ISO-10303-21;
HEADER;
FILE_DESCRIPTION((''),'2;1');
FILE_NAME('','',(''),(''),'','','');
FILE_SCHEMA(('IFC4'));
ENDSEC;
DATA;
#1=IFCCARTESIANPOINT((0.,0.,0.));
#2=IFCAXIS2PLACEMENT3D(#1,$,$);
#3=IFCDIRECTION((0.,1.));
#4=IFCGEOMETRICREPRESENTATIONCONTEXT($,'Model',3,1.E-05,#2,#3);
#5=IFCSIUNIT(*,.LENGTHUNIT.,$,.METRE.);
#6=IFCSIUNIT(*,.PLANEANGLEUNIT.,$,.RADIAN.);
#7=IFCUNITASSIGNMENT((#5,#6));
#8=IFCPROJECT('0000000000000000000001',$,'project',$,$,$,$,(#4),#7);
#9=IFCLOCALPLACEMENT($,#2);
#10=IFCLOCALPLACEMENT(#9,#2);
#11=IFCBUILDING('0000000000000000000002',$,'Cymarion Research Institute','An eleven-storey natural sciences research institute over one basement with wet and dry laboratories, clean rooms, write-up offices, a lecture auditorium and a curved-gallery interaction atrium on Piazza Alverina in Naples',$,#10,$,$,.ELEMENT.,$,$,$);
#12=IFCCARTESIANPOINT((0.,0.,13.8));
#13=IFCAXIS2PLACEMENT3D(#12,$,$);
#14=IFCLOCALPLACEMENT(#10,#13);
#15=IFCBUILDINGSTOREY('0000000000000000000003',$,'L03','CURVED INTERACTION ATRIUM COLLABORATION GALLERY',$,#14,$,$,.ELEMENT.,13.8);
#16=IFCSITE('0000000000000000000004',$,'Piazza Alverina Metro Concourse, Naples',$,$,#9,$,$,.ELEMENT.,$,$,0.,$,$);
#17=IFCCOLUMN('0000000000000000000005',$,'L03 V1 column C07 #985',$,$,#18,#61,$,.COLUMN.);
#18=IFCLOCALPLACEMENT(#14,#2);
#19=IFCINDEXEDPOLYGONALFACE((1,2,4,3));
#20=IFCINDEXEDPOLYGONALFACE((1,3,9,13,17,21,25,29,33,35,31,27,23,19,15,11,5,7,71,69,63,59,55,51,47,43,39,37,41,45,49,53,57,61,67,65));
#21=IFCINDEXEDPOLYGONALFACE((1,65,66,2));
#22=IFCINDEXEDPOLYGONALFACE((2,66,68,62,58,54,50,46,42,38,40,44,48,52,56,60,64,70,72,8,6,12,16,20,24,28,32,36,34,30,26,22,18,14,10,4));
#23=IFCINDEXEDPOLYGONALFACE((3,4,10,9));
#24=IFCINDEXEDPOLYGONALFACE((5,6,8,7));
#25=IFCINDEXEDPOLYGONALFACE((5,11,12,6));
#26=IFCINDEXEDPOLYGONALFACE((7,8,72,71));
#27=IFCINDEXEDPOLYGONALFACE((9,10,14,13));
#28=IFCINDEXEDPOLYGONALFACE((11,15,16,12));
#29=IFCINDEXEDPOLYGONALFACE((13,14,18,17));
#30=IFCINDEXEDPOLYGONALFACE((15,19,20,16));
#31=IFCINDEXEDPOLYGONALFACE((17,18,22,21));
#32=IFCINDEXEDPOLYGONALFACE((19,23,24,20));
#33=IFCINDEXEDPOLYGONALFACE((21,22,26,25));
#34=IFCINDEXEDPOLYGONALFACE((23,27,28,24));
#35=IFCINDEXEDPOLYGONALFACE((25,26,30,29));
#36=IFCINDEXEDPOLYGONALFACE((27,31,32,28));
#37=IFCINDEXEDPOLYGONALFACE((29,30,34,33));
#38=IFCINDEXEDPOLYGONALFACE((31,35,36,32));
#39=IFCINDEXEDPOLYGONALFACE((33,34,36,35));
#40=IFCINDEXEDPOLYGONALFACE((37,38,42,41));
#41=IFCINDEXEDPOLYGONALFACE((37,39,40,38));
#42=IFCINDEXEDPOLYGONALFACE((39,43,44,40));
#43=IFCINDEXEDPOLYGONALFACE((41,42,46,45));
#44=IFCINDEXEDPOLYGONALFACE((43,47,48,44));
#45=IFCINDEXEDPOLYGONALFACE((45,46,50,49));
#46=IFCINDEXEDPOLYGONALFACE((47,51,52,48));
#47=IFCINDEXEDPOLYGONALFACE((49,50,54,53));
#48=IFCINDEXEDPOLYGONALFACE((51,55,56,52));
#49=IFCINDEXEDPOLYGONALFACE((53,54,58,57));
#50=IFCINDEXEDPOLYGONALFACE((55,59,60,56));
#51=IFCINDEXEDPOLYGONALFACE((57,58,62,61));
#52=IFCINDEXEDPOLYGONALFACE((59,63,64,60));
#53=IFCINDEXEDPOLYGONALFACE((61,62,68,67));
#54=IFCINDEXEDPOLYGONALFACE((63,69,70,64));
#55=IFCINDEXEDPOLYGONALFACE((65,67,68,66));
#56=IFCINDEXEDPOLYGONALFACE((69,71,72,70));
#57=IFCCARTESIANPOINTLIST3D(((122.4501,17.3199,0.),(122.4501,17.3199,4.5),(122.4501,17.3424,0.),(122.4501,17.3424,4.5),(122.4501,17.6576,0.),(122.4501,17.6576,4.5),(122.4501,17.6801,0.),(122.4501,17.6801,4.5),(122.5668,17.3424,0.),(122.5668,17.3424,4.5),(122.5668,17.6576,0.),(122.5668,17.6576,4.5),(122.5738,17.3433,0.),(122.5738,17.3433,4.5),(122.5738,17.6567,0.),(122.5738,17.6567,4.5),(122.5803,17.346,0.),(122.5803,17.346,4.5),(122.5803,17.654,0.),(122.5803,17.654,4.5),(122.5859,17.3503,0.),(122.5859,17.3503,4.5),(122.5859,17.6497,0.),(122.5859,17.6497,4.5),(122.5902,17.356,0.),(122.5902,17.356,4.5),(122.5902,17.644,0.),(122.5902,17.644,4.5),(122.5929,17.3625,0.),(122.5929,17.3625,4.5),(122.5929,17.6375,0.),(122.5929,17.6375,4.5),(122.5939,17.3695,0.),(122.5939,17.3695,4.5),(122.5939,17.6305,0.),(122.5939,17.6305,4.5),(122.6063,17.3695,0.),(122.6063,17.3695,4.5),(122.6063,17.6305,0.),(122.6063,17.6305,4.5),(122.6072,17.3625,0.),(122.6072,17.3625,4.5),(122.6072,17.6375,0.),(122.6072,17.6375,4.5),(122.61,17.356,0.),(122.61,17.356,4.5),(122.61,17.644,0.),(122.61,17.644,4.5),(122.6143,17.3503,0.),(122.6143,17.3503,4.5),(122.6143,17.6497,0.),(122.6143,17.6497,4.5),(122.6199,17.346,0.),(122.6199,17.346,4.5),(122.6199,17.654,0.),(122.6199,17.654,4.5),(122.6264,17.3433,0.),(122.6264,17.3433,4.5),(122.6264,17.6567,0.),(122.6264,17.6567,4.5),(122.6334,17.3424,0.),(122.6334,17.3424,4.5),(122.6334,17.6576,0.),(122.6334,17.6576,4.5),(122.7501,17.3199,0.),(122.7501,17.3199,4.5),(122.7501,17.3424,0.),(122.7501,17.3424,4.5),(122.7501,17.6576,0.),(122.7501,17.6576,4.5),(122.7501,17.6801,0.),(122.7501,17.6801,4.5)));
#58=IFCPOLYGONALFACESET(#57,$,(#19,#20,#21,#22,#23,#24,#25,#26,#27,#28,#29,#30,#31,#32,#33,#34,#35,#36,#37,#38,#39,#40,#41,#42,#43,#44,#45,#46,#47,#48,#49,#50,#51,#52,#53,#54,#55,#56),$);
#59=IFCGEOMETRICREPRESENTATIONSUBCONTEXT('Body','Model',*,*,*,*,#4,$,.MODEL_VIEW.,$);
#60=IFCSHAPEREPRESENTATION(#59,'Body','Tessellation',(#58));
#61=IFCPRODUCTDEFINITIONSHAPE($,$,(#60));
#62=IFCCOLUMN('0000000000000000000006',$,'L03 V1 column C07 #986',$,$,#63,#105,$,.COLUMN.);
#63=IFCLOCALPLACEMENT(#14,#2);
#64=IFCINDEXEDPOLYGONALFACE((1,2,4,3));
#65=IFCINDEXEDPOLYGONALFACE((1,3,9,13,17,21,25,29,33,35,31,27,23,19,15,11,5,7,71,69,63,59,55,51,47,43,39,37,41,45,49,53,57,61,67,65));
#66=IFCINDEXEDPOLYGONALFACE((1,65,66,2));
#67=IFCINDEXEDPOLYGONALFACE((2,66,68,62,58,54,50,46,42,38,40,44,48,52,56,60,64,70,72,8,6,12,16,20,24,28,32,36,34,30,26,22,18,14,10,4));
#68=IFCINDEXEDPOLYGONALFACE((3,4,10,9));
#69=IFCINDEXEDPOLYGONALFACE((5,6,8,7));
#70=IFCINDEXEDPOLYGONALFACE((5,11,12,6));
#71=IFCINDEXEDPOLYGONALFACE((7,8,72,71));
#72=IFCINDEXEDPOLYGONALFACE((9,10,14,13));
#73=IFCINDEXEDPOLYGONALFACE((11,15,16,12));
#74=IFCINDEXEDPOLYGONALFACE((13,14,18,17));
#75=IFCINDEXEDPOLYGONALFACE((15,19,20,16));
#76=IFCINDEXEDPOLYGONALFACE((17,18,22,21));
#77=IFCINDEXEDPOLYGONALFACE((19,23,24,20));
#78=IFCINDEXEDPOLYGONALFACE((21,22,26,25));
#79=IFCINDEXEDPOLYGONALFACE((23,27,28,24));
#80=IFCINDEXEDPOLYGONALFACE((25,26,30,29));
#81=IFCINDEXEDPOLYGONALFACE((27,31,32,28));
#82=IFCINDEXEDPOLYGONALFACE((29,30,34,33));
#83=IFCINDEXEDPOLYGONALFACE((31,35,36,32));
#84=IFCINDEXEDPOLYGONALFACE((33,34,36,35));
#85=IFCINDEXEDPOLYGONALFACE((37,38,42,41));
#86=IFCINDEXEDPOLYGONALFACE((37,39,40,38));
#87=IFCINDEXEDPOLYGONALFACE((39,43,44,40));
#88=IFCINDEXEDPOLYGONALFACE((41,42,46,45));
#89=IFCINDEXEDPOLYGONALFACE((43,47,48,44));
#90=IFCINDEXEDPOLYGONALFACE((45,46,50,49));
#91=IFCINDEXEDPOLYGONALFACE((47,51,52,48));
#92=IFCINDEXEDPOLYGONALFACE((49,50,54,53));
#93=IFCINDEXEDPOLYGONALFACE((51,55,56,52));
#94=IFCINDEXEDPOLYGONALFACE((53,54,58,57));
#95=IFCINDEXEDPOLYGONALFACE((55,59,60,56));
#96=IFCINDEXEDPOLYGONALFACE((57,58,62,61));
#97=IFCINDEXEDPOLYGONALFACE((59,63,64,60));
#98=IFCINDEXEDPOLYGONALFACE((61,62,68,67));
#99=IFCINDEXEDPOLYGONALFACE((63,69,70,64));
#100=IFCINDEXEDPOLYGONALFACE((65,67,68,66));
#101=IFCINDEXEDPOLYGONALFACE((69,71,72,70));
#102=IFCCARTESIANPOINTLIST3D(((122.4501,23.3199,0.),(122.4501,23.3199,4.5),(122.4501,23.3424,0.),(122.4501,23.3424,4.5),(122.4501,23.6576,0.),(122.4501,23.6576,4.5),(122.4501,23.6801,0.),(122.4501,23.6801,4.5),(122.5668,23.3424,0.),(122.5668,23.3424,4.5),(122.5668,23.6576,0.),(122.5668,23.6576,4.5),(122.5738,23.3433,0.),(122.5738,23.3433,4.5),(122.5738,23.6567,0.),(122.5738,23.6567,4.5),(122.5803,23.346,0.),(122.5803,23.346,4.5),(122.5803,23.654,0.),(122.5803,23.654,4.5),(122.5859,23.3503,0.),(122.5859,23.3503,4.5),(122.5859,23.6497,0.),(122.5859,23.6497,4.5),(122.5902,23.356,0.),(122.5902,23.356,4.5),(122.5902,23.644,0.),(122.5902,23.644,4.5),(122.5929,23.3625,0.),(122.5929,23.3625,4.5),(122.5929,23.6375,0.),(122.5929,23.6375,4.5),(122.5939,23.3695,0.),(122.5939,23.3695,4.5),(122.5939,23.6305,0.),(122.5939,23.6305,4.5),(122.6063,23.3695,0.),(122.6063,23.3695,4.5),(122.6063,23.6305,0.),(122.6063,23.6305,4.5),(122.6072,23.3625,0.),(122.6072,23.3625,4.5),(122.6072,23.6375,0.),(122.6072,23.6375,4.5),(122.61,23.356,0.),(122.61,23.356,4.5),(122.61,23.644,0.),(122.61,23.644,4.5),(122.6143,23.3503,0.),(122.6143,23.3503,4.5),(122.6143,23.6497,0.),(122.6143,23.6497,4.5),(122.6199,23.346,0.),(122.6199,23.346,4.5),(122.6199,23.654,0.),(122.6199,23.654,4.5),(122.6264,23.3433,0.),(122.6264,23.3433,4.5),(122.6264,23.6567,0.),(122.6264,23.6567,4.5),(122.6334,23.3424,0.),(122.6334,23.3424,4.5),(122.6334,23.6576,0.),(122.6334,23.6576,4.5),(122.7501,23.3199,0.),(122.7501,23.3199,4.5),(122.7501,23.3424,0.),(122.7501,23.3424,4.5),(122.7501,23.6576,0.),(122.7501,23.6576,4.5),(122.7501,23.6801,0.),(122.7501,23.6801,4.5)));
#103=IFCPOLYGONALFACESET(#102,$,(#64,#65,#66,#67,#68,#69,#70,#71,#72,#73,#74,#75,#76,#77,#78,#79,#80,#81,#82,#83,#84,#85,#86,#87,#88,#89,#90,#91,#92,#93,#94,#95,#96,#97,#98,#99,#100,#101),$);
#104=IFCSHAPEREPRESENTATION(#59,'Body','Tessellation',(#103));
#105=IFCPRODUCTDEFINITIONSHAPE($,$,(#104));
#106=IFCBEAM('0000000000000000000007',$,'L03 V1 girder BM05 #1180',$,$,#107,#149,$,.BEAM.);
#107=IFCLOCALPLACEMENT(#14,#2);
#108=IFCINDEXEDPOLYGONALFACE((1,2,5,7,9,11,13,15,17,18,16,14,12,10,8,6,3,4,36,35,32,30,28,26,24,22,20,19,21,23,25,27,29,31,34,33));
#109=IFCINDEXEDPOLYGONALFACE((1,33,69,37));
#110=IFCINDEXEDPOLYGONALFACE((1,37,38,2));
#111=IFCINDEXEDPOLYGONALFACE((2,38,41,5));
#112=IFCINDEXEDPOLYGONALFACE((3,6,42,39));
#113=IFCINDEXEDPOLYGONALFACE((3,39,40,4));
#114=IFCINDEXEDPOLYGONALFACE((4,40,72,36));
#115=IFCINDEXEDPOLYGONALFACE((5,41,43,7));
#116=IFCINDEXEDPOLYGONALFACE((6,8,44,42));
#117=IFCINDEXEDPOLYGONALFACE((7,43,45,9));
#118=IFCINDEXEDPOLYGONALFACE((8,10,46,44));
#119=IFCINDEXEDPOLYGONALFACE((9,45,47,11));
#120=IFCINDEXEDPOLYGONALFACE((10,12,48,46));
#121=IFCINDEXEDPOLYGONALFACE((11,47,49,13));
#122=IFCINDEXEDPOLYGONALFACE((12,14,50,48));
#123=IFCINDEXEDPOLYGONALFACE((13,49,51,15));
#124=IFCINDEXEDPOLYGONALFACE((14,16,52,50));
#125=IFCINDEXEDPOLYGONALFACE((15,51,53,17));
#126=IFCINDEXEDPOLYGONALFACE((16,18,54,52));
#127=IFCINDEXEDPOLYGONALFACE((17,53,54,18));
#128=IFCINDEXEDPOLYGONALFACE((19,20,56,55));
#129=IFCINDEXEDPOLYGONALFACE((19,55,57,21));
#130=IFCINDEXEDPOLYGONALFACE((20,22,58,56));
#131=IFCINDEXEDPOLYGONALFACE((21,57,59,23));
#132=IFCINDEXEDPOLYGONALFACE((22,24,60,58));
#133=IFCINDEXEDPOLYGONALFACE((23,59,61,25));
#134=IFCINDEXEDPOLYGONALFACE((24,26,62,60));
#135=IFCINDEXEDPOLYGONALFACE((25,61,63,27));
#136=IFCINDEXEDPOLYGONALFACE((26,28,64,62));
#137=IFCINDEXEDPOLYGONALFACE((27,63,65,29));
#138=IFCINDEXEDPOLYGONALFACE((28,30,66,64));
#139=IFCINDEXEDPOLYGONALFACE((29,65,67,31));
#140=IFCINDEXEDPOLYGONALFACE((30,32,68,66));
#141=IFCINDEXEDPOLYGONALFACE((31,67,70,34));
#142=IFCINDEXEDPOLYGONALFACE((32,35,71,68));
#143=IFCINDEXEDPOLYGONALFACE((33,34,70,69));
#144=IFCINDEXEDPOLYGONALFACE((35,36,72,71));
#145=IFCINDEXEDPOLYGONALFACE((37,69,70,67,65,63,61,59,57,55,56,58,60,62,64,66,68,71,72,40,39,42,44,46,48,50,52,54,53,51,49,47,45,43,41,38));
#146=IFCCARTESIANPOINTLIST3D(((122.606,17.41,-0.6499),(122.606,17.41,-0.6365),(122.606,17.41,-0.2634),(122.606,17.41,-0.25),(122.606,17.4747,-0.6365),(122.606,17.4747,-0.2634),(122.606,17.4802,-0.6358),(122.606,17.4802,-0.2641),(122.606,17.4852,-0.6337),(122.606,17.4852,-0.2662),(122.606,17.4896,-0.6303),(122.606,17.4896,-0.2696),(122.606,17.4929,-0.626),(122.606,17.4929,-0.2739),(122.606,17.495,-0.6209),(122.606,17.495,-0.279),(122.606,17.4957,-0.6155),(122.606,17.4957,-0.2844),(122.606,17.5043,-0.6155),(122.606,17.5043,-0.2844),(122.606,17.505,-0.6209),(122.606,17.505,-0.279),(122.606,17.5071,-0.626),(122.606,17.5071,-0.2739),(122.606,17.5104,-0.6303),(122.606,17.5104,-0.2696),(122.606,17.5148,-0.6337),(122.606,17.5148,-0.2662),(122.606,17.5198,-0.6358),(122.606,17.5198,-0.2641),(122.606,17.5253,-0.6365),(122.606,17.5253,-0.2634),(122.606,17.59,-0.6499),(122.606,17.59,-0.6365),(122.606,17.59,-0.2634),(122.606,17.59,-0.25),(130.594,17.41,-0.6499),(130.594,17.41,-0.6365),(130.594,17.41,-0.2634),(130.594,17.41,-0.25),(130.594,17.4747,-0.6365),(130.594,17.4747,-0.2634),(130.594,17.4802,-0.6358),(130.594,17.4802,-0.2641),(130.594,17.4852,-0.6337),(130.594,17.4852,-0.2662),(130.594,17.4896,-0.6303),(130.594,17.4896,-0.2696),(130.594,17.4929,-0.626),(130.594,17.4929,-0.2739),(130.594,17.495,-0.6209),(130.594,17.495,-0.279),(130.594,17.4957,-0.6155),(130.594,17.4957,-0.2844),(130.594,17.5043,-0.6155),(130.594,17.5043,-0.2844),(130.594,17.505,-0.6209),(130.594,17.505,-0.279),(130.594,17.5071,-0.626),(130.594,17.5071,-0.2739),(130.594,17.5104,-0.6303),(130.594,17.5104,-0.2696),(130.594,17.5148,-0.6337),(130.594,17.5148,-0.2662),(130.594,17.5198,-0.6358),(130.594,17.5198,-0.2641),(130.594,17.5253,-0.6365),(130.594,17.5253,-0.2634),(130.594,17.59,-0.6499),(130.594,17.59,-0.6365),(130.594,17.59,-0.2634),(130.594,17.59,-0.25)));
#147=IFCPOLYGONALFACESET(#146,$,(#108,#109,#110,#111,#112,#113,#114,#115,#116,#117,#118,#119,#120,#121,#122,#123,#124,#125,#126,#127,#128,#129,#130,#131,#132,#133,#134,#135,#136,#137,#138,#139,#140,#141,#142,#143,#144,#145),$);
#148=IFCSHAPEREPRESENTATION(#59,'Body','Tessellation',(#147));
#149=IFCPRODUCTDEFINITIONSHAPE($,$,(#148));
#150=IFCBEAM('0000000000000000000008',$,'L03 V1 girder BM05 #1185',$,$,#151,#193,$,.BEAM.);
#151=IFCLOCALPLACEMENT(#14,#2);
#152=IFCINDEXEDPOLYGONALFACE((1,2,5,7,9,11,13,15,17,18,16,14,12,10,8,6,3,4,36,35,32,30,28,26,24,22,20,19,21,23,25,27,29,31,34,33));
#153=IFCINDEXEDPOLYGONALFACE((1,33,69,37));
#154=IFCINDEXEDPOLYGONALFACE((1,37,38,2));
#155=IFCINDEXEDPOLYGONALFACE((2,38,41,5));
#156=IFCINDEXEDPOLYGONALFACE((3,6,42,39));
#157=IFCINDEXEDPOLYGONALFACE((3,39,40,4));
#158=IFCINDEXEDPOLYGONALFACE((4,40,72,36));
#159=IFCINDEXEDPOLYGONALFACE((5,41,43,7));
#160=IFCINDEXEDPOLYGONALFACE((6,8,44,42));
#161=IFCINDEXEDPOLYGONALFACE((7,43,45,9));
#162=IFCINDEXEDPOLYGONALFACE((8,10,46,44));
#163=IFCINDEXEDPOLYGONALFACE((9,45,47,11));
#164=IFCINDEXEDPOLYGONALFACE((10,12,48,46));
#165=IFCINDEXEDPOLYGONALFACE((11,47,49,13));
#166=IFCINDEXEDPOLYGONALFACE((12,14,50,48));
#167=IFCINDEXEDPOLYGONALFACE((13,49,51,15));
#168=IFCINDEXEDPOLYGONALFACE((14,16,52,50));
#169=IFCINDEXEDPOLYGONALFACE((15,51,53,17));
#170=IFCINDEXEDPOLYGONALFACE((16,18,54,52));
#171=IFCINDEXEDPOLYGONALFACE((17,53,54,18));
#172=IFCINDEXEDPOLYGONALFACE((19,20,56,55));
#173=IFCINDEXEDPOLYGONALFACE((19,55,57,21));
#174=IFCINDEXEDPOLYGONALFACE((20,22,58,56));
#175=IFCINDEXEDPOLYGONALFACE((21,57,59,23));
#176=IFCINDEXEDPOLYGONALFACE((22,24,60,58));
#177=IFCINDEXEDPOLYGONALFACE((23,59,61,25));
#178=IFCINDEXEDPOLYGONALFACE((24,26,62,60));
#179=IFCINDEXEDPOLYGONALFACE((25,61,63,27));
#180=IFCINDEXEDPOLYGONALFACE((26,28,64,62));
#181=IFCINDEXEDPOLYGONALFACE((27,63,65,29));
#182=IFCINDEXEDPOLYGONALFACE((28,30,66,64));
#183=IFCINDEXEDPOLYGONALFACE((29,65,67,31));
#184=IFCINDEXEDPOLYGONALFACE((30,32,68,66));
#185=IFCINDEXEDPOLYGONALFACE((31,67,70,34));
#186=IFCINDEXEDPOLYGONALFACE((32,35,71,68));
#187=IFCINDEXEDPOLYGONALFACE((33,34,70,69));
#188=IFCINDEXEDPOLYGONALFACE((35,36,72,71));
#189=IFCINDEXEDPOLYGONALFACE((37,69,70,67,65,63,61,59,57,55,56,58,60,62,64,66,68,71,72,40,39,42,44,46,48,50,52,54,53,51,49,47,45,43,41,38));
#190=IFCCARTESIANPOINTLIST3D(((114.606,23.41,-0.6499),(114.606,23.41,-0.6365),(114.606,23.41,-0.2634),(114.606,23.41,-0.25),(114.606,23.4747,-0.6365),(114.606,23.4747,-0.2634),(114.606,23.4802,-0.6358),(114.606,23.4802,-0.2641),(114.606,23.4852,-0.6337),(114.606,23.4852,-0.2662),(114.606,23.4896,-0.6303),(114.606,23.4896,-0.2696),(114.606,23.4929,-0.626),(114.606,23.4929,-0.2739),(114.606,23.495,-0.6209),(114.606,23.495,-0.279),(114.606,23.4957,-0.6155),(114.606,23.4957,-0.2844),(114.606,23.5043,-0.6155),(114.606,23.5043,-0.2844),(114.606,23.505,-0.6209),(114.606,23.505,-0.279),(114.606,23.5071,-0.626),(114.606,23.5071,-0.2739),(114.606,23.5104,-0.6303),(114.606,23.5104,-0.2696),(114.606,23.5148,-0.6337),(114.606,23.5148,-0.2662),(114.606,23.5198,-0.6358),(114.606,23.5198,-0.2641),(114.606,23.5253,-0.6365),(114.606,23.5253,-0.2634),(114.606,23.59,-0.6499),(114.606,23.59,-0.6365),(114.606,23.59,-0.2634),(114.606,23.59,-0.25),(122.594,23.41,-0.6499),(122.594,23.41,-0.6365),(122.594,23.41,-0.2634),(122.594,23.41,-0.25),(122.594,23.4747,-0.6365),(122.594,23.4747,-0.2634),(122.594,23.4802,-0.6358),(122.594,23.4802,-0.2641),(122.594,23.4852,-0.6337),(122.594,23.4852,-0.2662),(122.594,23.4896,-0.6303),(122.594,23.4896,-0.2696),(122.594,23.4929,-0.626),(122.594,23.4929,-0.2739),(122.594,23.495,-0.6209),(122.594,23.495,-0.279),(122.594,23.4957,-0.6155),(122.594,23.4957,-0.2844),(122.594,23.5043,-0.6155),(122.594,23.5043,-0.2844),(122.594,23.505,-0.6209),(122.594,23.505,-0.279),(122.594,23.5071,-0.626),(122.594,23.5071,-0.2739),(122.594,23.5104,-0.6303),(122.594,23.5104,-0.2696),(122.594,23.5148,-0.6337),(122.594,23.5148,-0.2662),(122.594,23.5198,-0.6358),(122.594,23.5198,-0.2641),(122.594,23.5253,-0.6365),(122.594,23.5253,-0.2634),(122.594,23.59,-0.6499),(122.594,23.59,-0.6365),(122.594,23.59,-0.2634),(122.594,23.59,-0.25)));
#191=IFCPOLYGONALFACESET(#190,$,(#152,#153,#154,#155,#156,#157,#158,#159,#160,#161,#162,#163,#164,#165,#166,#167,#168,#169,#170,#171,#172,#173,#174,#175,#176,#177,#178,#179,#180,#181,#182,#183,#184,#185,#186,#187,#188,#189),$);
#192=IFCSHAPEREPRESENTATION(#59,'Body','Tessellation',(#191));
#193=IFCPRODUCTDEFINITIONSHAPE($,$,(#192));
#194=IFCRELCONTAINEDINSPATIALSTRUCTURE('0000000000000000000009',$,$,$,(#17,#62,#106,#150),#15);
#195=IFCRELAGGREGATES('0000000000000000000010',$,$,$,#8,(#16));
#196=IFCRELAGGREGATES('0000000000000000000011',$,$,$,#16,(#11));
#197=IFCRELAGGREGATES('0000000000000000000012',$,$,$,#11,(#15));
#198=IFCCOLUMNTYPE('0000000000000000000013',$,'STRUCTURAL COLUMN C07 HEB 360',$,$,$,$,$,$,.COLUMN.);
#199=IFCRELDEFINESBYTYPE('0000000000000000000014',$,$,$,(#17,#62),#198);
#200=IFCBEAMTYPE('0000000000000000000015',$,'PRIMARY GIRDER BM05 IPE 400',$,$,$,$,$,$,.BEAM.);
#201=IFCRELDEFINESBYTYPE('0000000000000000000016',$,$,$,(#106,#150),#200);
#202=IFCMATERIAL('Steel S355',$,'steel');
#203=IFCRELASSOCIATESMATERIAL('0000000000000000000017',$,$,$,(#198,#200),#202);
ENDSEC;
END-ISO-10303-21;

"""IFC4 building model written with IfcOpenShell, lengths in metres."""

from ifc_helpers import new_model, si_unit, direction, frame, origin, origin_2d, place, context, subcontext, project, spatial, i_section, extrude, material, material_profile, profile_set, type_object, element, save


model = new_model("IFC4")

# Units and contexts
model_context = context("Model", 3, precision=1e-05, world=origin(), true_north=direction((0.0, 1.0)))
body_context = subcontext(model_context, "Body", "Model", "MODEL_VIEW")
ifc_project = project(units=[si_unit("LENGTHUNIT", "METRE"), si_unit("PLANEANGLEUNIT", "RADIAN")], contexts=[model_context])

# Site, building, storey
site_placement = place(None, origin())
site = spatial("IfcSite", under=ifc_project, at=site_placement, Name="Piazza Alverina Metro Concourse, Naples", CompositionType="ELEMENT", RefElevation=0.0)
building_placement = place(site_placement, origin())
building = spatial("IfcBuilding", under=site, at=building_placement, Name="Cymarion Research Institute", Description="An eleven-storey natural sciences research institute over one basement with wet and dry laboratories, clean rooms, write-up offices, a lecture auditorium and a curved-gallery interaction atrium on Piazza Alverina in Naples", CompositionType="ELEMENT")
storey_placement = place(building_placement, frame((0.0, 0.0, 13.8)))
storey = spatial("IfcBuildingStorey", under=building, at=storey_placement, Name="L03", Description="CURVED INTERACTION ATRIUM COLLABORATION GALLERY", CompositionType="ELEMENT", Elevation=13.8)

# Columns
ifc_material_1 = material(Name="Steel S355", Category="steel")
ifc_material_profile_1 = material_profile(ifc_material_1, i_section(OverallWidth=0.3, OverallDepth=0.3601, WebThickness=0.0125, FlangeThickness=0.0225, FilletRadius=0.0271, at=origin_2d()), Name="HEB 360")
ifc_profile_set_1 = profile_set([ifc_material_profile_1], Name="Steel S355")
column_type = type_object("IfcColumnType", Name="STRUCTURAL COLUMN C07 HEB 360", PredefinedType="COLUMN", material=ifc_profile_set_1)
for number, where, z_axis, x_axis, name in (
    (1, (122.6001, 17.5, 0.0), (0.0, 0.0, 1.0), (1.0, 0.0, 0.0), "L03 V1 column C07 #985"),
    (2, (122.6001, 23.5, 0.0), (0.0, 0.0, 1.0), (1.0, 0.0, 0.0), "L03 V1 column C07 #986"),
):
    element("IfcColumn", number, at=place(storey_placement, frame(where, z_axis=z_axis, x_axis=x_axis)), inside=storey, type_object=column_type, Name=name, PredefinedType="COLUMN", context=body_context, shape_type="SweptSolid", body=[
        extrude(i_section(OverallWidth=0.3, OverallDepth=0.3601, WebThickness=0.0125, FlangeThickness=0.0225, FilletRadius=0.0271, at=origin_2d()), origin(), (0.0, 0.0, 1.0), 4.5),
    ])

# Beams
ifc_material_profile_2 = material_profile(ifc_material_1, i_section(OverallWidth=0.1799, OverallDepth=0.3999, WebThickness=0.0085, FlangeThickness=0.0134, FilletRadius=0.021, at=origin_2d()), Name="IPE 400")
ifc_profile_set_2 = profile_set([ifc_material_profile_2], Name="Steel S355")
beam_type_1 = type_object("IfcBeamType", Name="PRIMARY GIRDER BM05 IPE 400", PredefinedType="BEAM", material=ifc_profile_set_2)
for number, where, z_axis, x_axis, name in (
    (3, (122.606, 17.5, -0.45), (1.0, 0.0, 0.0), (0.0, 1.0, 0.0), "L03 V1 girder BM05 #1180"),
    (4, (114.606, 23.5, -0.45), (1.0, 0.0, 0.0), (0.0, 1.0, 0.0), "L03 V1 girder BM05 #1185"),
):
    element("IfcBeam", number, at=place(storey_placement, frame(where, z_axis=z_axis, x_axis=x_axis)), inside=storey, type_object=beam_type_1, Name=name, PredefinedType="BEAM", context=body_context, shape_type="SweptSolid", body=[
        extrude(i_section(OverallWidth=0.1799, OverallDepth=0.3999, WebThickness=0.0085, FlangeThickness=0.0134, FilletRadius=0.021, at=origin_2d()), origin(), (0.0, 0.0, 1.0), 7.988),
    ])

save(model, "model.ifc")
